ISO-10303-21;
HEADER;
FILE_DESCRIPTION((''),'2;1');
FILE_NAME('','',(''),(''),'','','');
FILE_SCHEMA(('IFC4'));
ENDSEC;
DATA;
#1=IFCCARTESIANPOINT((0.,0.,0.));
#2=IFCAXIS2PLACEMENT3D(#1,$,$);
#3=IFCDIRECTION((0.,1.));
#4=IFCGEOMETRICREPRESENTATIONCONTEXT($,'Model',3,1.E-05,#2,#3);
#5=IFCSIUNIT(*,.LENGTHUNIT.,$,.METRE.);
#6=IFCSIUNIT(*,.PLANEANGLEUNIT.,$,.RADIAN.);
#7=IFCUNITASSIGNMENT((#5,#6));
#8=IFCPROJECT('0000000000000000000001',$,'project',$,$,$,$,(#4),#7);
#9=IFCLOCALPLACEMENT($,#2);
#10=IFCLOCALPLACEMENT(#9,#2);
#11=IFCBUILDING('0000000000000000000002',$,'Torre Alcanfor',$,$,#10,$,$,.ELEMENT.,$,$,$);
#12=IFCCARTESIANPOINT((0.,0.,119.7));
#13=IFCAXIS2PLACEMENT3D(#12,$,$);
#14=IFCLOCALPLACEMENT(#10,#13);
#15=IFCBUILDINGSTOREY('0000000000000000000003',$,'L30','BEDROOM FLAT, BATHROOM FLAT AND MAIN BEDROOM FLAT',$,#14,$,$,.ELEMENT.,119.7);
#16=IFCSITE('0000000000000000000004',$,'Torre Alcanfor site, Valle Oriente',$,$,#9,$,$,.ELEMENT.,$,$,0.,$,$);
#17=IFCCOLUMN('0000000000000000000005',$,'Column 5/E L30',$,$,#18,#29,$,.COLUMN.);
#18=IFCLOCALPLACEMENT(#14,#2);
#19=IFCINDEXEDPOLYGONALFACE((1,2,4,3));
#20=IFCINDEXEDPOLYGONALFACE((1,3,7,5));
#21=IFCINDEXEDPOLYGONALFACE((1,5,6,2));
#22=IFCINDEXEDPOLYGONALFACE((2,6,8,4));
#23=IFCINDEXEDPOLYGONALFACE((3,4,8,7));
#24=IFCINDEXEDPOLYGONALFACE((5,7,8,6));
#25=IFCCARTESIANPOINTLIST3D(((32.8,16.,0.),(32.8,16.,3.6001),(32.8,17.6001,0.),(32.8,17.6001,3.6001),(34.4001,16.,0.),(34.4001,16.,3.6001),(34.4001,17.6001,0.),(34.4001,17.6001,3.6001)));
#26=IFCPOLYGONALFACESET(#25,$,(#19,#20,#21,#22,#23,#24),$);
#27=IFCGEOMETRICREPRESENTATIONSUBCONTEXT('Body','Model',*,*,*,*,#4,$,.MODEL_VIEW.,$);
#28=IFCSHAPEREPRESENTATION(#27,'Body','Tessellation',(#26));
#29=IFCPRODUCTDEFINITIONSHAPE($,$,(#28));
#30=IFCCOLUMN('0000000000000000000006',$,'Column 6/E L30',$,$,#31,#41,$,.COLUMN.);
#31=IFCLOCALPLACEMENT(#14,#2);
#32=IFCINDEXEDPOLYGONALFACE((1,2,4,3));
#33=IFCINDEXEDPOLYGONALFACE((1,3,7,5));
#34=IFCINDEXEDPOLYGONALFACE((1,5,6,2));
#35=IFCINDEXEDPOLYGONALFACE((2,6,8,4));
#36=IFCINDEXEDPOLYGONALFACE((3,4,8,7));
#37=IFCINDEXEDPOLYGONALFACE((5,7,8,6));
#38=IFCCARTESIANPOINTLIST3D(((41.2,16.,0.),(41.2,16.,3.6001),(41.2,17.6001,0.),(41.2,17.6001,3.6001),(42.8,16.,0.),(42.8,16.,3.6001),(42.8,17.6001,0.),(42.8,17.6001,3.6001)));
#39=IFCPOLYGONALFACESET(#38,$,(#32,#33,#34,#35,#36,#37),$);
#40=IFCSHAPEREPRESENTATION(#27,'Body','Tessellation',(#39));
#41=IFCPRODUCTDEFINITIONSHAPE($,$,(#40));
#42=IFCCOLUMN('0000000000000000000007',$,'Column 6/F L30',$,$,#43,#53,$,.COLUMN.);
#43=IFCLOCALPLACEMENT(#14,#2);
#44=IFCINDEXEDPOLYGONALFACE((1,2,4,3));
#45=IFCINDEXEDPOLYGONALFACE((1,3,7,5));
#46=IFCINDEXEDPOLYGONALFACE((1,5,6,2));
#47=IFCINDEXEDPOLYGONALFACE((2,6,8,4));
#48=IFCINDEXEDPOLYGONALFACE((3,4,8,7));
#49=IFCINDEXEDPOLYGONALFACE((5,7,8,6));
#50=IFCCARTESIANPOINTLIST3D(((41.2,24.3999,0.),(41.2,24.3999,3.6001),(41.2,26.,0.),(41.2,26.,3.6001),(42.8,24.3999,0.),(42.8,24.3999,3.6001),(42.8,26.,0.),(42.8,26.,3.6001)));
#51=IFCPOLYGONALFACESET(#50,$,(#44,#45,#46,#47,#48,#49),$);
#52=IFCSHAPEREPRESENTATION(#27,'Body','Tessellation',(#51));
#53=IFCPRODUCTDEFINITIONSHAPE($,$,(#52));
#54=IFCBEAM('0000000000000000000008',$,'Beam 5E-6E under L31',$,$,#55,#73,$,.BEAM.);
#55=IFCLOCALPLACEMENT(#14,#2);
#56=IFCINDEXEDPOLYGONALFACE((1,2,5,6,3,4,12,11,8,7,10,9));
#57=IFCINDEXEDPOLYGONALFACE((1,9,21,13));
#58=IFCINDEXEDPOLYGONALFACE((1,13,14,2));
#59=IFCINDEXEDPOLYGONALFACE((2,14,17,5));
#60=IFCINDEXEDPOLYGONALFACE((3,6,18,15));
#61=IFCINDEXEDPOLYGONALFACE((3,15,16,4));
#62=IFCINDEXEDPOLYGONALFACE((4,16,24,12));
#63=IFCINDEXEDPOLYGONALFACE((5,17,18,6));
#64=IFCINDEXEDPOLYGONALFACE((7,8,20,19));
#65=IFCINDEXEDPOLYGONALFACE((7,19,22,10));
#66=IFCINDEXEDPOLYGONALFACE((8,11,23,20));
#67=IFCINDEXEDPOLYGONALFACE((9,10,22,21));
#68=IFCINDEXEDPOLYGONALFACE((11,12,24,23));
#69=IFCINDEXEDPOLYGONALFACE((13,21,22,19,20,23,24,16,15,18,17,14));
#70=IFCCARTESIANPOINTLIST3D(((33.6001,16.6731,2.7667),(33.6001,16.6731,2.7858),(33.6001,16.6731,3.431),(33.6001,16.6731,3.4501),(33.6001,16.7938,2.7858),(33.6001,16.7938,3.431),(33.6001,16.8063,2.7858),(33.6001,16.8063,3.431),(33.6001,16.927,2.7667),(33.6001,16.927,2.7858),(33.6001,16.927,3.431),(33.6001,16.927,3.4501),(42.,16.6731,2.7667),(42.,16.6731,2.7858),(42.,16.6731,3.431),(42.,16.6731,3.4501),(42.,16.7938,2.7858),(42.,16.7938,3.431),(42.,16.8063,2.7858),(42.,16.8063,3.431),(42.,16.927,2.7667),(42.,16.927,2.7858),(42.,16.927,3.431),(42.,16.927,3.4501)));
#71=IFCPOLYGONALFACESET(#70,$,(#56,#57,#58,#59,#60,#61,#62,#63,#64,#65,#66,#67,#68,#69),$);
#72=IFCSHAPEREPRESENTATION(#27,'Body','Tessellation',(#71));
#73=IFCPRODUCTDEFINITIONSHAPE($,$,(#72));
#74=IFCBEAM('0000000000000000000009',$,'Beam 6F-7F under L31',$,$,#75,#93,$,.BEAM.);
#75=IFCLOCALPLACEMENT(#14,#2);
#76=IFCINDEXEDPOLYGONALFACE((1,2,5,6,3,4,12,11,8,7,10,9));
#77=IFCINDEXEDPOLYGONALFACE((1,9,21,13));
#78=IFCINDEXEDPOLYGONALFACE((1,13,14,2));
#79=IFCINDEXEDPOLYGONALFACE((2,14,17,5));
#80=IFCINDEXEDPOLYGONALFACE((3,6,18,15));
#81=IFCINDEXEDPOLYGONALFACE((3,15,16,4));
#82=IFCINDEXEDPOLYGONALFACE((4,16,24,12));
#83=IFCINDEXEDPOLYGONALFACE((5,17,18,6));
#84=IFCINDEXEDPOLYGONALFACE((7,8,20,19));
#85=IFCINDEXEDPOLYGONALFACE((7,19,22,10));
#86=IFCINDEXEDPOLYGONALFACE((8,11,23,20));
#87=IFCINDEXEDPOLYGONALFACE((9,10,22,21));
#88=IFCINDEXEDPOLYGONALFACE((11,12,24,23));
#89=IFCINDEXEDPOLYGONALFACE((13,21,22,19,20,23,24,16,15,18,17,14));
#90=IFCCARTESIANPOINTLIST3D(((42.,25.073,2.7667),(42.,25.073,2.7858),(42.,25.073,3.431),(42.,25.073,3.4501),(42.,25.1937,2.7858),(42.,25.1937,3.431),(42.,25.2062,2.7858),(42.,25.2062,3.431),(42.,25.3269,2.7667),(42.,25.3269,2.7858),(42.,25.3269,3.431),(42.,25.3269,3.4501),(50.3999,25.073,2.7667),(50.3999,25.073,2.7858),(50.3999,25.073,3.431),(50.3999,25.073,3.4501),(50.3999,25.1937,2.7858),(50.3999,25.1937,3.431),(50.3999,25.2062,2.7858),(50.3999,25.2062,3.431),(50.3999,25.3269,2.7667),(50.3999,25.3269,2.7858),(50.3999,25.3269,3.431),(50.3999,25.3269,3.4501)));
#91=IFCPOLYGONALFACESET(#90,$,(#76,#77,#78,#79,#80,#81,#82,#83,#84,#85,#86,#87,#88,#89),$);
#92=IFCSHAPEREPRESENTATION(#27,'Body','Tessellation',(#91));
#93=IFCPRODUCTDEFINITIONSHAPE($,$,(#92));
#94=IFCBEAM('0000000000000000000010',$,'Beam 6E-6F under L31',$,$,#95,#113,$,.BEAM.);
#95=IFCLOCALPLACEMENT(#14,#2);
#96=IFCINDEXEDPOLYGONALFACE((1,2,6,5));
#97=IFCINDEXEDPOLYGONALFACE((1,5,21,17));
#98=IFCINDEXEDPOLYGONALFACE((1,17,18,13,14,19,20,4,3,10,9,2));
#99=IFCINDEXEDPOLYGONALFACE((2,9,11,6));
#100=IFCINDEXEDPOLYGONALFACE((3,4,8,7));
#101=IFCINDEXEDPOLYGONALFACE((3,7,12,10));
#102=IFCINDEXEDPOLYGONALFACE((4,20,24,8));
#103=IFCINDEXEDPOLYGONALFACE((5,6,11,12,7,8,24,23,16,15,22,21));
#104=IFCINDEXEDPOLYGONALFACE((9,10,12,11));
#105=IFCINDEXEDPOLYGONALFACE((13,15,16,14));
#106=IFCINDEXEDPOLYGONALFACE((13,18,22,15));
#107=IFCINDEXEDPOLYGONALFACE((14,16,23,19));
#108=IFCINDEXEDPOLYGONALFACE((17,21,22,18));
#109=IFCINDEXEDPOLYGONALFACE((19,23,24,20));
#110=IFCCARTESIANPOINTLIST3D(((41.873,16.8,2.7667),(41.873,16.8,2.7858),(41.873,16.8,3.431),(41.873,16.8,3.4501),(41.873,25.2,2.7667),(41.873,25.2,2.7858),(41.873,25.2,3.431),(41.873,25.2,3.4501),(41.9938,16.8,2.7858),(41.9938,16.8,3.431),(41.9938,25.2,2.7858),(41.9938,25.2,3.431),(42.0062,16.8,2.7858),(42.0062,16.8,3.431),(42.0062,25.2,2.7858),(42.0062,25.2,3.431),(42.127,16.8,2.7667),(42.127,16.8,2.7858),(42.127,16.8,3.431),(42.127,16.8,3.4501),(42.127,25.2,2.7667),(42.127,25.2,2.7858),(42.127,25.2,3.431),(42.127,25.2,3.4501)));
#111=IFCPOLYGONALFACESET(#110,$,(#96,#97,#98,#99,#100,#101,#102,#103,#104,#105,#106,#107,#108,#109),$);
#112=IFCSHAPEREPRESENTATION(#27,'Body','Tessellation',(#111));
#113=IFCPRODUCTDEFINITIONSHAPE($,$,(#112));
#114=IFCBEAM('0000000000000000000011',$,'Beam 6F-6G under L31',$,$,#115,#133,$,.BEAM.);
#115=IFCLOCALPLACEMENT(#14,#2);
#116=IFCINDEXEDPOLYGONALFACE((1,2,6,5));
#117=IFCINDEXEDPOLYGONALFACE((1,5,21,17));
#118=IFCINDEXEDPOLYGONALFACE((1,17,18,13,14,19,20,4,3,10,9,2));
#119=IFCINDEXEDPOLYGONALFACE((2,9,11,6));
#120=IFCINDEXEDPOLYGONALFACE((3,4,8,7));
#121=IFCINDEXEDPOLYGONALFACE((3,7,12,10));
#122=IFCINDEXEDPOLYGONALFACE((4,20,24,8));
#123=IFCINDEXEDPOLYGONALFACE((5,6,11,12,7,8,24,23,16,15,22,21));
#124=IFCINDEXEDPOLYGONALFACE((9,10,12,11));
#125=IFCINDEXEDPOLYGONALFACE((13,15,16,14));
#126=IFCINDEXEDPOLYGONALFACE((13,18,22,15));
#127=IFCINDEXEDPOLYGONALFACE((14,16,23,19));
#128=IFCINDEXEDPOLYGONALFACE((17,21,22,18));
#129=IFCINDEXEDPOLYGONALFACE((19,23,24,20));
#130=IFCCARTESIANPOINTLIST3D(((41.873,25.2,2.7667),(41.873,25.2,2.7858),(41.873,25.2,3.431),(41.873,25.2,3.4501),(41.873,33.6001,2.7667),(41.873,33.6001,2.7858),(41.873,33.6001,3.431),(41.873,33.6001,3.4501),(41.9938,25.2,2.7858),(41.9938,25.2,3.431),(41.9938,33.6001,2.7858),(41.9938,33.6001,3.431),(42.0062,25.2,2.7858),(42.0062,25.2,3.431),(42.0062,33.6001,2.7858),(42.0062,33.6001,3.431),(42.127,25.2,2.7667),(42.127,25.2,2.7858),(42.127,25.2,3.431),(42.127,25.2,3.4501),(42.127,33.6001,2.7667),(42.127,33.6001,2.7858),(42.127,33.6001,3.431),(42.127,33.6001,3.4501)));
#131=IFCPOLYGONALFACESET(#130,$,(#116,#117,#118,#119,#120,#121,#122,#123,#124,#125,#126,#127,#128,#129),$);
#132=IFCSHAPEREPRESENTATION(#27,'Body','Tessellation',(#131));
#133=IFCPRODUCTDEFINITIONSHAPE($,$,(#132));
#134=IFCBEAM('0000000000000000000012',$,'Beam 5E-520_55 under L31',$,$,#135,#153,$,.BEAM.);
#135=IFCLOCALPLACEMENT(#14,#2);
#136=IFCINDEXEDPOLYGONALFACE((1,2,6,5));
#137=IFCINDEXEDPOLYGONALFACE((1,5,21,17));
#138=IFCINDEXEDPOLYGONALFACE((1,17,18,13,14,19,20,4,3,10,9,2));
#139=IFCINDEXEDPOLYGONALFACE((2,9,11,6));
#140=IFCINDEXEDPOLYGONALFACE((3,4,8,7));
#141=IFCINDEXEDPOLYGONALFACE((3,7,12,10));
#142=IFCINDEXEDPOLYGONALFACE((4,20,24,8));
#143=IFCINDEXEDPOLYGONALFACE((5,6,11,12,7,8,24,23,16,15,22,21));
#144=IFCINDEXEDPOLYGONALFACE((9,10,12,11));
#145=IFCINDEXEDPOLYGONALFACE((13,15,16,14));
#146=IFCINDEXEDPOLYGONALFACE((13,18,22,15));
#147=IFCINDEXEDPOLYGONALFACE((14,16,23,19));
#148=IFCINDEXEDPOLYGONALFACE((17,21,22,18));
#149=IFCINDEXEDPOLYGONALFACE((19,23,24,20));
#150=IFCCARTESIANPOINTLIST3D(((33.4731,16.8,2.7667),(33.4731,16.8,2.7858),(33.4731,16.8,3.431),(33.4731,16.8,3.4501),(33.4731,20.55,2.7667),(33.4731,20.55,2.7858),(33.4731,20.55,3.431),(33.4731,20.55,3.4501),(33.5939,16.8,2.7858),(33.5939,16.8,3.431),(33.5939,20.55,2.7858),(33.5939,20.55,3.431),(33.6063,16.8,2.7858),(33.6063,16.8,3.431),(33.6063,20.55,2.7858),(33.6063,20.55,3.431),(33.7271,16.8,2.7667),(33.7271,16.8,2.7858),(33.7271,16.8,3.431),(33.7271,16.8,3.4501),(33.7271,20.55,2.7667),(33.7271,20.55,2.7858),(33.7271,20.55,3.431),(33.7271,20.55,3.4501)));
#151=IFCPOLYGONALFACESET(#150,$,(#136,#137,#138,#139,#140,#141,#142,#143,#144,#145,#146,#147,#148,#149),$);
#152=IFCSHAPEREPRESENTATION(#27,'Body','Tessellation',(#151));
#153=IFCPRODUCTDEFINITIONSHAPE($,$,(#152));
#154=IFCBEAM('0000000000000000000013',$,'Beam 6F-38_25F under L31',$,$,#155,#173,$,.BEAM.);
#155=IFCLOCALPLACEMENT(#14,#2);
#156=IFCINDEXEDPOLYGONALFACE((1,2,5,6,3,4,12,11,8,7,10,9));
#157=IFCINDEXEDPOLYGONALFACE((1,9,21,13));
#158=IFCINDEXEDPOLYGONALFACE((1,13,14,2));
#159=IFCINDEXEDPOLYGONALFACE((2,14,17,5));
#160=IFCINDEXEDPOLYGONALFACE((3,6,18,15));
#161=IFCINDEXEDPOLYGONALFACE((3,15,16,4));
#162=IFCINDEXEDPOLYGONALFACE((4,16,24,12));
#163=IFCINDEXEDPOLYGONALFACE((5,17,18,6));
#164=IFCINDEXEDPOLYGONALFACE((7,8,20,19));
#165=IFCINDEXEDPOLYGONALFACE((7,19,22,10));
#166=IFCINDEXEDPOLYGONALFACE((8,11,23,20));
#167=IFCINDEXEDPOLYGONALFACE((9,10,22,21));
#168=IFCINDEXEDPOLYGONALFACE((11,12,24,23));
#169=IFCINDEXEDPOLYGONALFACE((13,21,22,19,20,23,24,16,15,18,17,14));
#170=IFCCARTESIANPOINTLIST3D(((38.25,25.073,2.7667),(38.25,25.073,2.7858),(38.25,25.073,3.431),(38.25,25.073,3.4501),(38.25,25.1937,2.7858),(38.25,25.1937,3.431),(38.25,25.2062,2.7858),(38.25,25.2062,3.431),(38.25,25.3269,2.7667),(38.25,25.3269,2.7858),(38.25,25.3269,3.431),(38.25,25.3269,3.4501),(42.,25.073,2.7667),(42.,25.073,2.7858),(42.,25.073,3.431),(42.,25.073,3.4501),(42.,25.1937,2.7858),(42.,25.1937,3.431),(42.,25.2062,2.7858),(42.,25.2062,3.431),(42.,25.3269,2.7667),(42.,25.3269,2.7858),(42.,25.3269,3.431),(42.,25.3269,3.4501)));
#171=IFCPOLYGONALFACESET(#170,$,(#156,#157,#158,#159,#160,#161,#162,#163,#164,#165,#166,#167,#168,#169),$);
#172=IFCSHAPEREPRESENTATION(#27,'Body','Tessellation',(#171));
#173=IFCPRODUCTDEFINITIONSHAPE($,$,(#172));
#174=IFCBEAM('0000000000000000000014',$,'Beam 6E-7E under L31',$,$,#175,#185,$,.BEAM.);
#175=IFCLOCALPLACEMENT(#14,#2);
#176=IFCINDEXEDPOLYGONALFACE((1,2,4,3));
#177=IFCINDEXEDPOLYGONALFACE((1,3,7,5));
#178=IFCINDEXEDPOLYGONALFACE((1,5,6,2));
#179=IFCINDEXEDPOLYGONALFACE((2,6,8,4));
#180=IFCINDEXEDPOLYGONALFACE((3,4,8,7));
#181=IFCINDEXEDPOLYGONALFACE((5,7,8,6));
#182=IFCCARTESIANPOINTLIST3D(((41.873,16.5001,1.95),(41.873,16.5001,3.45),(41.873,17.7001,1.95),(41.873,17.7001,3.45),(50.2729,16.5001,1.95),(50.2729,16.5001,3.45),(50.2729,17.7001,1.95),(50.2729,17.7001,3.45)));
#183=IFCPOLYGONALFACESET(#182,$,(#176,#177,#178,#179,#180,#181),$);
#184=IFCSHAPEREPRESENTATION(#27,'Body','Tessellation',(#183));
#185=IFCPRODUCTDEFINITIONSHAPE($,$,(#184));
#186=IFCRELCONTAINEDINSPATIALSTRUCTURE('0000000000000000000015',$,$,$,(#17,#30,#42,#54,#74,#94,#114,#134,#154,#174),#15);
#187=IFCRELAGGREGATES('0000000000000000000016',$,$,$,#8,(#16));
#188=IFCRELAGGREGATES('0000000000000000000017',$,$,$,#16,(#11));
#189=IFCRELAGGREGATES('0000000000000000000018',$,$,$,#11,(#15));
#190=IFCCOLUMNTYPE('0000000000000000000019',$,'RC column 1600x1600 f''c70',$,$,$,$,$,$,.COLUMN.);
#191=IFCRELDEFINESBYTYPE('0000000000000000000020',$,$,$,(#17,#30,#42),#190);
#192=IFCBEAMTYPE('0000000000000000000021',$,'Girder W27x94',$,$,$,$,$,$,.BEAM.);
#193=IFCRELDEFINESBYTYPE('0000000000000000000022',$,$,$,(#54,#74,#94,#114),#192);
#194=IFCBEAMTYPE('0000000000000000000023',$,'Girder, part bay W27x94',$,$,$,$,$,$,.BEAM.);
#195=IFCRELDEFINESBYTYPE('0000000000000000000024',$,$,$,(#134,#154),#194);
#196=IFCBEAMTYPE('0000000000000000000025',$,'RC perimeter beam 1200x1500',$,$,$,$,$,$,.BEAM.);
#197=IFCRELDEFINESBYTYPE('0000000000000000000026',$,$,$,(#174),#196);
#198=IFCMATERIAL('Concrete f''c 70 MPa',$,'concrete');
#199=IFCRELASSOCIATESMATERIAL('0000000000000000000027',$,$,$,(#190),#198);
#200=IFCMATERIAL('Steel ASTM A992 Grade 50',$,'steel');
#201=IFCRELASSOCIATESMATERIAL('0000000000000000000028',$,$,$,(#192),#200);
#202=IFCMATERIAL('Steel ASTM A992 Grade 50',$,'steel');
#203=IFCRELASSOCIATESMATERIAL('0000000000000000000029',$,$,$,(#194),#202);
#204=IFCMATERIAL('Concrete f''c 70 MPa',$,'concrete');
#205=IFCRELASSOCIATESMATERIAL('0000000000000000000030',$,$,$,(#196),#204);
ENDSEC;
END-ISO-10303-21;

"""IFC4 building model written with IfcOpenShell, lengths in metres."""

from ifc_helpers import new_model, si_unit, direction, frame, origin, origin_2d, place, context, subcontext, project, spatial, rectangle, i_section, extrude, material, material_profile, profile_set, type_object, element, save


model = new_model("IFC4")

# Units and contexts
model_context = context("Model", 3, precision=1e-05, world=origin(), true_north=direction((0.0, 1.0)))
body_context = subcontext(model_context, "Body", "Model", "MODEL_VIEW")
ifc_project = project(units=[si_unit("LENGTHUNIT", "METRE"), si_unit("PLANEANGLEUNIT", "RADIAN")], contexts=[model_context])

# Site, building, storey
site_placement = place(None, origin())
site = spatial("IfcSite", under=ifc_project, at=site_placement, Name="Torre Alcanfor site, Valle Oriente", CompositionType="ELEMENT", RefElevation=0.0)
building_placement = place(site_placement, origin())
building = spatial("IfcBuilding", under=site, at=building_placement, Name="Torre Alcanfor", CompositionType="ELEMENT")
storey_placement = place(building_placement, frame((0.0, 0.0, 119.7)))
storey = spatial("IfcBuildingStorey", under=building, at=storey_placement, Name="L30", Description="BEDROOM FLAT, BATHROOM FLAT AND MAIN BEDROOM FLAT", CompositionType="ELEMENT", Elevation=119.7)

# Columns
ifc_material_1 = material(Name="Concrete f'c 70 MPa", Category="concrete")
ifc_material_profile_1 = material_profile(ifc_material_1, rectangle(XDim=1.6001, YDim=1.6001, at=origin_2d()), Name="1600x1600")
ifc_profile_set_1 = profile_set([ifc_material_profile_1], Name="Concrete f'c 70 MPa")
column_type = type_object("IfcColumnType", Name="RC column 1600x1600 f'c70", PredefinedType="COLUMN", material=ifc_profile_set_1)
for number, where, z_axis, x_axis, name in (
    (1, (33.6001, 16.8, 0.0), (0.0, 0.0, 1.0), (1.0, 0.0, 0.0), "Column 5/E L30"),
    (2, (42.0, 16.8, 0.0), (0.0, 0.0, 1.0), (1.0, 0.0, 0.0), "Column 6/E L30"),
    (3, (42.0, 25.2, 0.0), (0.0, 0.0, 1.0), (1.0, 0.0, 0.0), "Column 6/F L30"),
):
    element("IfcColumn", number, at=place(storey_placement, frame(where, z_axis=z_axis, x_axis=x_axis)), inside=storey, type_object=column_type, Name=name, PredefinedType="COLUMN", context=body_context, shape_type="SweptSolid", body=[
        extrude(rectangle(XDim=1.6001, YDim=1.6001, at=origin_2d()), origin(), (0.0, 0.0, 1.0), 3.6001),
    ])

# Beams
ifc_material_2 = material(Name="Steel ASTM A992 Grade 50", Category="steel")
ifc_material_profile_2 = material_profile(ifc_material_2, i_section(OverallWidth=0.2539, OverallDepth=0.6833, WebThickness=0.0125, FlangeThickness=0.019, at=origin_2d()), Name="W27x94")
ifc_profile_set_2 = profile_set([ifc_material_profile_2], Name="Steel ASTM A992 Grade 50")
beam_type_1 = type_object("IfcBeamType", Name="Girder W27x94", PredefinedType="BEAM", material=ifc_profile_set_2)
for number, where, z_axis, x_axis, name in (
    (4, (33.6001, 16.8, 3.1084), (1.0, 0.0, 0.0), (0.0, 1.0, 0.0), "Beam 5E-6E under L31"),
    (5, (42.0, 25.2, 3.1084), (1.0, 0.0, 0.0), (0.0, 1.0, 0.0), "Beam 6F-7F under L31"),
    (6, (42.0, 16.8, 3.1084), (0.0, 1.0, 0.0), (-1.0, 0.0, 0.0), "Beam 6E-6F under L31"),
):
    element("IfcBeam", number, at=place(storey_placement, frame(where, z_axis=z_axis, x_axis=x_axis)), inside=storey, type_object=beam_type_1, Name=name, PredefinedType="BEAM", context=body_context, shape_type="SweptSolid", body=[
        extrude(i_section(OverallWidth=0.2539, OverallDepth=0.6833, WebThickness=0.0125, FlangeThickness=0.019, at=origin_2d()), origin(), (0.0, 0.0, 1.0), 8.3999),
    ])
beam_1_placement = place(storey_placement, frame((42.0, 25.2, 3.1084), z_axis=(0.0, 1.0, 0.0), x_axis=(-1.0, 0.0, 0.0)))
element("IfcBeam", 7, at=beam_1_placement, inside=storey, type_object=beam_type_1, Name="Beam 6F-6G under L31", PredefinedType="BEAM", context=body_context, shape_type="SweptSolid", body=[
    extrude(i_section(OverallWidth=0.2539, OverallDepth=0.6833, WebThickness=0.0125, FlangeThickness=0.019, at=origin_2d()), origin(), (0.0, 0.0, 1.0), 8.4001),
])
ifc_material_3 = material(Name="Steel ASTM A992 Grade 50", Category="steel")
ifc_material_profile_3 = material_profile(ifc_material_3, i_section(OverallWidth=0.2539, OverallDepth=0.6833, WebThickness=0.0125, FlangeThickness=0.019, at=origin_2d()), Name="W27x94")
ifc_profile_set_3 = profile_set([ifc_material_profile_3], Name="Steel ASTM A992 Grade 50")
beam_type_2 = type_object("IfcBeamType", Name="Girder, part bay W27x94", PredefinedType="BEAM", material=ifc_profile_set_3)
for number, where, z_axis, x_axis, name in (
    (8, (33.6001, 16.8, 3.1084), (0.0, 1.0, 0.0), (-1.0, 0.0, 0.0), "Beam 5E-520_55 under L31"),
    (9, (42.0, 25.2, 3.1084), (-1.0, 0.0, 0.0), (0.0, -1.0, 0.0), "Beam 6F-38_25F under L31"),
):
    element("IfcBeam", number, at=place(storey_placement, frame(where, z_axis=z_axis, x_axis=x_axis)), inside=storey, type_object=beam_type_2, Name=name, PredefinedType="BEAM", context=body_context, shape_type="SweptSolid", body=[
        extrude(i_section(OverallWidth=0.2539, OverallDepth=0.6833, WebThickness=0.0125, FlangeThickness=0.019, at=origin_2d()), origin(), (0.0, 0.0, 1.0), 3.75),
    ])
ifc_material_4 = material(Name="Concrete f'c 70 MPa", Category="concrete")
ifc_material_profile_4 = material_profile(ifc_material_4, rectangle(XDim=1.2, YDim=1.5, at=origin_2d()), Name="1200x1500")
ifc_profile_set_4 = profile_set([ifc_material_profile_4], Name="Concrete f'c 70 MPa")
beam_type_3 = type_object("IfcBeamType", Name="RC perimeter beam 1200x1500", PredefinedType="BEAM", material=ifc_profile_set_4)
beam_2_placement = place(storey_placement, frame((41.873, 17.1001, 2.7), z_axis=(1.0, 0.0, 0.0), x_axis=(0.0, 1.0, 0.0)))
element("IfcBeam", 10, at=beam_2_placement, inside=storey, type_object=beam_type_3, Name="Beam 6E-7E under L31", PredefinedType="BEAM", context=body_context, shape_type="SweptSolid", body=[
    extrude(rectangle(XDim=1.2, YDim=1.5, at=origin_2d()), origin(), (0.0, 0.0, 1.0), 8.3999),
])

save(model, "model.ifc")
